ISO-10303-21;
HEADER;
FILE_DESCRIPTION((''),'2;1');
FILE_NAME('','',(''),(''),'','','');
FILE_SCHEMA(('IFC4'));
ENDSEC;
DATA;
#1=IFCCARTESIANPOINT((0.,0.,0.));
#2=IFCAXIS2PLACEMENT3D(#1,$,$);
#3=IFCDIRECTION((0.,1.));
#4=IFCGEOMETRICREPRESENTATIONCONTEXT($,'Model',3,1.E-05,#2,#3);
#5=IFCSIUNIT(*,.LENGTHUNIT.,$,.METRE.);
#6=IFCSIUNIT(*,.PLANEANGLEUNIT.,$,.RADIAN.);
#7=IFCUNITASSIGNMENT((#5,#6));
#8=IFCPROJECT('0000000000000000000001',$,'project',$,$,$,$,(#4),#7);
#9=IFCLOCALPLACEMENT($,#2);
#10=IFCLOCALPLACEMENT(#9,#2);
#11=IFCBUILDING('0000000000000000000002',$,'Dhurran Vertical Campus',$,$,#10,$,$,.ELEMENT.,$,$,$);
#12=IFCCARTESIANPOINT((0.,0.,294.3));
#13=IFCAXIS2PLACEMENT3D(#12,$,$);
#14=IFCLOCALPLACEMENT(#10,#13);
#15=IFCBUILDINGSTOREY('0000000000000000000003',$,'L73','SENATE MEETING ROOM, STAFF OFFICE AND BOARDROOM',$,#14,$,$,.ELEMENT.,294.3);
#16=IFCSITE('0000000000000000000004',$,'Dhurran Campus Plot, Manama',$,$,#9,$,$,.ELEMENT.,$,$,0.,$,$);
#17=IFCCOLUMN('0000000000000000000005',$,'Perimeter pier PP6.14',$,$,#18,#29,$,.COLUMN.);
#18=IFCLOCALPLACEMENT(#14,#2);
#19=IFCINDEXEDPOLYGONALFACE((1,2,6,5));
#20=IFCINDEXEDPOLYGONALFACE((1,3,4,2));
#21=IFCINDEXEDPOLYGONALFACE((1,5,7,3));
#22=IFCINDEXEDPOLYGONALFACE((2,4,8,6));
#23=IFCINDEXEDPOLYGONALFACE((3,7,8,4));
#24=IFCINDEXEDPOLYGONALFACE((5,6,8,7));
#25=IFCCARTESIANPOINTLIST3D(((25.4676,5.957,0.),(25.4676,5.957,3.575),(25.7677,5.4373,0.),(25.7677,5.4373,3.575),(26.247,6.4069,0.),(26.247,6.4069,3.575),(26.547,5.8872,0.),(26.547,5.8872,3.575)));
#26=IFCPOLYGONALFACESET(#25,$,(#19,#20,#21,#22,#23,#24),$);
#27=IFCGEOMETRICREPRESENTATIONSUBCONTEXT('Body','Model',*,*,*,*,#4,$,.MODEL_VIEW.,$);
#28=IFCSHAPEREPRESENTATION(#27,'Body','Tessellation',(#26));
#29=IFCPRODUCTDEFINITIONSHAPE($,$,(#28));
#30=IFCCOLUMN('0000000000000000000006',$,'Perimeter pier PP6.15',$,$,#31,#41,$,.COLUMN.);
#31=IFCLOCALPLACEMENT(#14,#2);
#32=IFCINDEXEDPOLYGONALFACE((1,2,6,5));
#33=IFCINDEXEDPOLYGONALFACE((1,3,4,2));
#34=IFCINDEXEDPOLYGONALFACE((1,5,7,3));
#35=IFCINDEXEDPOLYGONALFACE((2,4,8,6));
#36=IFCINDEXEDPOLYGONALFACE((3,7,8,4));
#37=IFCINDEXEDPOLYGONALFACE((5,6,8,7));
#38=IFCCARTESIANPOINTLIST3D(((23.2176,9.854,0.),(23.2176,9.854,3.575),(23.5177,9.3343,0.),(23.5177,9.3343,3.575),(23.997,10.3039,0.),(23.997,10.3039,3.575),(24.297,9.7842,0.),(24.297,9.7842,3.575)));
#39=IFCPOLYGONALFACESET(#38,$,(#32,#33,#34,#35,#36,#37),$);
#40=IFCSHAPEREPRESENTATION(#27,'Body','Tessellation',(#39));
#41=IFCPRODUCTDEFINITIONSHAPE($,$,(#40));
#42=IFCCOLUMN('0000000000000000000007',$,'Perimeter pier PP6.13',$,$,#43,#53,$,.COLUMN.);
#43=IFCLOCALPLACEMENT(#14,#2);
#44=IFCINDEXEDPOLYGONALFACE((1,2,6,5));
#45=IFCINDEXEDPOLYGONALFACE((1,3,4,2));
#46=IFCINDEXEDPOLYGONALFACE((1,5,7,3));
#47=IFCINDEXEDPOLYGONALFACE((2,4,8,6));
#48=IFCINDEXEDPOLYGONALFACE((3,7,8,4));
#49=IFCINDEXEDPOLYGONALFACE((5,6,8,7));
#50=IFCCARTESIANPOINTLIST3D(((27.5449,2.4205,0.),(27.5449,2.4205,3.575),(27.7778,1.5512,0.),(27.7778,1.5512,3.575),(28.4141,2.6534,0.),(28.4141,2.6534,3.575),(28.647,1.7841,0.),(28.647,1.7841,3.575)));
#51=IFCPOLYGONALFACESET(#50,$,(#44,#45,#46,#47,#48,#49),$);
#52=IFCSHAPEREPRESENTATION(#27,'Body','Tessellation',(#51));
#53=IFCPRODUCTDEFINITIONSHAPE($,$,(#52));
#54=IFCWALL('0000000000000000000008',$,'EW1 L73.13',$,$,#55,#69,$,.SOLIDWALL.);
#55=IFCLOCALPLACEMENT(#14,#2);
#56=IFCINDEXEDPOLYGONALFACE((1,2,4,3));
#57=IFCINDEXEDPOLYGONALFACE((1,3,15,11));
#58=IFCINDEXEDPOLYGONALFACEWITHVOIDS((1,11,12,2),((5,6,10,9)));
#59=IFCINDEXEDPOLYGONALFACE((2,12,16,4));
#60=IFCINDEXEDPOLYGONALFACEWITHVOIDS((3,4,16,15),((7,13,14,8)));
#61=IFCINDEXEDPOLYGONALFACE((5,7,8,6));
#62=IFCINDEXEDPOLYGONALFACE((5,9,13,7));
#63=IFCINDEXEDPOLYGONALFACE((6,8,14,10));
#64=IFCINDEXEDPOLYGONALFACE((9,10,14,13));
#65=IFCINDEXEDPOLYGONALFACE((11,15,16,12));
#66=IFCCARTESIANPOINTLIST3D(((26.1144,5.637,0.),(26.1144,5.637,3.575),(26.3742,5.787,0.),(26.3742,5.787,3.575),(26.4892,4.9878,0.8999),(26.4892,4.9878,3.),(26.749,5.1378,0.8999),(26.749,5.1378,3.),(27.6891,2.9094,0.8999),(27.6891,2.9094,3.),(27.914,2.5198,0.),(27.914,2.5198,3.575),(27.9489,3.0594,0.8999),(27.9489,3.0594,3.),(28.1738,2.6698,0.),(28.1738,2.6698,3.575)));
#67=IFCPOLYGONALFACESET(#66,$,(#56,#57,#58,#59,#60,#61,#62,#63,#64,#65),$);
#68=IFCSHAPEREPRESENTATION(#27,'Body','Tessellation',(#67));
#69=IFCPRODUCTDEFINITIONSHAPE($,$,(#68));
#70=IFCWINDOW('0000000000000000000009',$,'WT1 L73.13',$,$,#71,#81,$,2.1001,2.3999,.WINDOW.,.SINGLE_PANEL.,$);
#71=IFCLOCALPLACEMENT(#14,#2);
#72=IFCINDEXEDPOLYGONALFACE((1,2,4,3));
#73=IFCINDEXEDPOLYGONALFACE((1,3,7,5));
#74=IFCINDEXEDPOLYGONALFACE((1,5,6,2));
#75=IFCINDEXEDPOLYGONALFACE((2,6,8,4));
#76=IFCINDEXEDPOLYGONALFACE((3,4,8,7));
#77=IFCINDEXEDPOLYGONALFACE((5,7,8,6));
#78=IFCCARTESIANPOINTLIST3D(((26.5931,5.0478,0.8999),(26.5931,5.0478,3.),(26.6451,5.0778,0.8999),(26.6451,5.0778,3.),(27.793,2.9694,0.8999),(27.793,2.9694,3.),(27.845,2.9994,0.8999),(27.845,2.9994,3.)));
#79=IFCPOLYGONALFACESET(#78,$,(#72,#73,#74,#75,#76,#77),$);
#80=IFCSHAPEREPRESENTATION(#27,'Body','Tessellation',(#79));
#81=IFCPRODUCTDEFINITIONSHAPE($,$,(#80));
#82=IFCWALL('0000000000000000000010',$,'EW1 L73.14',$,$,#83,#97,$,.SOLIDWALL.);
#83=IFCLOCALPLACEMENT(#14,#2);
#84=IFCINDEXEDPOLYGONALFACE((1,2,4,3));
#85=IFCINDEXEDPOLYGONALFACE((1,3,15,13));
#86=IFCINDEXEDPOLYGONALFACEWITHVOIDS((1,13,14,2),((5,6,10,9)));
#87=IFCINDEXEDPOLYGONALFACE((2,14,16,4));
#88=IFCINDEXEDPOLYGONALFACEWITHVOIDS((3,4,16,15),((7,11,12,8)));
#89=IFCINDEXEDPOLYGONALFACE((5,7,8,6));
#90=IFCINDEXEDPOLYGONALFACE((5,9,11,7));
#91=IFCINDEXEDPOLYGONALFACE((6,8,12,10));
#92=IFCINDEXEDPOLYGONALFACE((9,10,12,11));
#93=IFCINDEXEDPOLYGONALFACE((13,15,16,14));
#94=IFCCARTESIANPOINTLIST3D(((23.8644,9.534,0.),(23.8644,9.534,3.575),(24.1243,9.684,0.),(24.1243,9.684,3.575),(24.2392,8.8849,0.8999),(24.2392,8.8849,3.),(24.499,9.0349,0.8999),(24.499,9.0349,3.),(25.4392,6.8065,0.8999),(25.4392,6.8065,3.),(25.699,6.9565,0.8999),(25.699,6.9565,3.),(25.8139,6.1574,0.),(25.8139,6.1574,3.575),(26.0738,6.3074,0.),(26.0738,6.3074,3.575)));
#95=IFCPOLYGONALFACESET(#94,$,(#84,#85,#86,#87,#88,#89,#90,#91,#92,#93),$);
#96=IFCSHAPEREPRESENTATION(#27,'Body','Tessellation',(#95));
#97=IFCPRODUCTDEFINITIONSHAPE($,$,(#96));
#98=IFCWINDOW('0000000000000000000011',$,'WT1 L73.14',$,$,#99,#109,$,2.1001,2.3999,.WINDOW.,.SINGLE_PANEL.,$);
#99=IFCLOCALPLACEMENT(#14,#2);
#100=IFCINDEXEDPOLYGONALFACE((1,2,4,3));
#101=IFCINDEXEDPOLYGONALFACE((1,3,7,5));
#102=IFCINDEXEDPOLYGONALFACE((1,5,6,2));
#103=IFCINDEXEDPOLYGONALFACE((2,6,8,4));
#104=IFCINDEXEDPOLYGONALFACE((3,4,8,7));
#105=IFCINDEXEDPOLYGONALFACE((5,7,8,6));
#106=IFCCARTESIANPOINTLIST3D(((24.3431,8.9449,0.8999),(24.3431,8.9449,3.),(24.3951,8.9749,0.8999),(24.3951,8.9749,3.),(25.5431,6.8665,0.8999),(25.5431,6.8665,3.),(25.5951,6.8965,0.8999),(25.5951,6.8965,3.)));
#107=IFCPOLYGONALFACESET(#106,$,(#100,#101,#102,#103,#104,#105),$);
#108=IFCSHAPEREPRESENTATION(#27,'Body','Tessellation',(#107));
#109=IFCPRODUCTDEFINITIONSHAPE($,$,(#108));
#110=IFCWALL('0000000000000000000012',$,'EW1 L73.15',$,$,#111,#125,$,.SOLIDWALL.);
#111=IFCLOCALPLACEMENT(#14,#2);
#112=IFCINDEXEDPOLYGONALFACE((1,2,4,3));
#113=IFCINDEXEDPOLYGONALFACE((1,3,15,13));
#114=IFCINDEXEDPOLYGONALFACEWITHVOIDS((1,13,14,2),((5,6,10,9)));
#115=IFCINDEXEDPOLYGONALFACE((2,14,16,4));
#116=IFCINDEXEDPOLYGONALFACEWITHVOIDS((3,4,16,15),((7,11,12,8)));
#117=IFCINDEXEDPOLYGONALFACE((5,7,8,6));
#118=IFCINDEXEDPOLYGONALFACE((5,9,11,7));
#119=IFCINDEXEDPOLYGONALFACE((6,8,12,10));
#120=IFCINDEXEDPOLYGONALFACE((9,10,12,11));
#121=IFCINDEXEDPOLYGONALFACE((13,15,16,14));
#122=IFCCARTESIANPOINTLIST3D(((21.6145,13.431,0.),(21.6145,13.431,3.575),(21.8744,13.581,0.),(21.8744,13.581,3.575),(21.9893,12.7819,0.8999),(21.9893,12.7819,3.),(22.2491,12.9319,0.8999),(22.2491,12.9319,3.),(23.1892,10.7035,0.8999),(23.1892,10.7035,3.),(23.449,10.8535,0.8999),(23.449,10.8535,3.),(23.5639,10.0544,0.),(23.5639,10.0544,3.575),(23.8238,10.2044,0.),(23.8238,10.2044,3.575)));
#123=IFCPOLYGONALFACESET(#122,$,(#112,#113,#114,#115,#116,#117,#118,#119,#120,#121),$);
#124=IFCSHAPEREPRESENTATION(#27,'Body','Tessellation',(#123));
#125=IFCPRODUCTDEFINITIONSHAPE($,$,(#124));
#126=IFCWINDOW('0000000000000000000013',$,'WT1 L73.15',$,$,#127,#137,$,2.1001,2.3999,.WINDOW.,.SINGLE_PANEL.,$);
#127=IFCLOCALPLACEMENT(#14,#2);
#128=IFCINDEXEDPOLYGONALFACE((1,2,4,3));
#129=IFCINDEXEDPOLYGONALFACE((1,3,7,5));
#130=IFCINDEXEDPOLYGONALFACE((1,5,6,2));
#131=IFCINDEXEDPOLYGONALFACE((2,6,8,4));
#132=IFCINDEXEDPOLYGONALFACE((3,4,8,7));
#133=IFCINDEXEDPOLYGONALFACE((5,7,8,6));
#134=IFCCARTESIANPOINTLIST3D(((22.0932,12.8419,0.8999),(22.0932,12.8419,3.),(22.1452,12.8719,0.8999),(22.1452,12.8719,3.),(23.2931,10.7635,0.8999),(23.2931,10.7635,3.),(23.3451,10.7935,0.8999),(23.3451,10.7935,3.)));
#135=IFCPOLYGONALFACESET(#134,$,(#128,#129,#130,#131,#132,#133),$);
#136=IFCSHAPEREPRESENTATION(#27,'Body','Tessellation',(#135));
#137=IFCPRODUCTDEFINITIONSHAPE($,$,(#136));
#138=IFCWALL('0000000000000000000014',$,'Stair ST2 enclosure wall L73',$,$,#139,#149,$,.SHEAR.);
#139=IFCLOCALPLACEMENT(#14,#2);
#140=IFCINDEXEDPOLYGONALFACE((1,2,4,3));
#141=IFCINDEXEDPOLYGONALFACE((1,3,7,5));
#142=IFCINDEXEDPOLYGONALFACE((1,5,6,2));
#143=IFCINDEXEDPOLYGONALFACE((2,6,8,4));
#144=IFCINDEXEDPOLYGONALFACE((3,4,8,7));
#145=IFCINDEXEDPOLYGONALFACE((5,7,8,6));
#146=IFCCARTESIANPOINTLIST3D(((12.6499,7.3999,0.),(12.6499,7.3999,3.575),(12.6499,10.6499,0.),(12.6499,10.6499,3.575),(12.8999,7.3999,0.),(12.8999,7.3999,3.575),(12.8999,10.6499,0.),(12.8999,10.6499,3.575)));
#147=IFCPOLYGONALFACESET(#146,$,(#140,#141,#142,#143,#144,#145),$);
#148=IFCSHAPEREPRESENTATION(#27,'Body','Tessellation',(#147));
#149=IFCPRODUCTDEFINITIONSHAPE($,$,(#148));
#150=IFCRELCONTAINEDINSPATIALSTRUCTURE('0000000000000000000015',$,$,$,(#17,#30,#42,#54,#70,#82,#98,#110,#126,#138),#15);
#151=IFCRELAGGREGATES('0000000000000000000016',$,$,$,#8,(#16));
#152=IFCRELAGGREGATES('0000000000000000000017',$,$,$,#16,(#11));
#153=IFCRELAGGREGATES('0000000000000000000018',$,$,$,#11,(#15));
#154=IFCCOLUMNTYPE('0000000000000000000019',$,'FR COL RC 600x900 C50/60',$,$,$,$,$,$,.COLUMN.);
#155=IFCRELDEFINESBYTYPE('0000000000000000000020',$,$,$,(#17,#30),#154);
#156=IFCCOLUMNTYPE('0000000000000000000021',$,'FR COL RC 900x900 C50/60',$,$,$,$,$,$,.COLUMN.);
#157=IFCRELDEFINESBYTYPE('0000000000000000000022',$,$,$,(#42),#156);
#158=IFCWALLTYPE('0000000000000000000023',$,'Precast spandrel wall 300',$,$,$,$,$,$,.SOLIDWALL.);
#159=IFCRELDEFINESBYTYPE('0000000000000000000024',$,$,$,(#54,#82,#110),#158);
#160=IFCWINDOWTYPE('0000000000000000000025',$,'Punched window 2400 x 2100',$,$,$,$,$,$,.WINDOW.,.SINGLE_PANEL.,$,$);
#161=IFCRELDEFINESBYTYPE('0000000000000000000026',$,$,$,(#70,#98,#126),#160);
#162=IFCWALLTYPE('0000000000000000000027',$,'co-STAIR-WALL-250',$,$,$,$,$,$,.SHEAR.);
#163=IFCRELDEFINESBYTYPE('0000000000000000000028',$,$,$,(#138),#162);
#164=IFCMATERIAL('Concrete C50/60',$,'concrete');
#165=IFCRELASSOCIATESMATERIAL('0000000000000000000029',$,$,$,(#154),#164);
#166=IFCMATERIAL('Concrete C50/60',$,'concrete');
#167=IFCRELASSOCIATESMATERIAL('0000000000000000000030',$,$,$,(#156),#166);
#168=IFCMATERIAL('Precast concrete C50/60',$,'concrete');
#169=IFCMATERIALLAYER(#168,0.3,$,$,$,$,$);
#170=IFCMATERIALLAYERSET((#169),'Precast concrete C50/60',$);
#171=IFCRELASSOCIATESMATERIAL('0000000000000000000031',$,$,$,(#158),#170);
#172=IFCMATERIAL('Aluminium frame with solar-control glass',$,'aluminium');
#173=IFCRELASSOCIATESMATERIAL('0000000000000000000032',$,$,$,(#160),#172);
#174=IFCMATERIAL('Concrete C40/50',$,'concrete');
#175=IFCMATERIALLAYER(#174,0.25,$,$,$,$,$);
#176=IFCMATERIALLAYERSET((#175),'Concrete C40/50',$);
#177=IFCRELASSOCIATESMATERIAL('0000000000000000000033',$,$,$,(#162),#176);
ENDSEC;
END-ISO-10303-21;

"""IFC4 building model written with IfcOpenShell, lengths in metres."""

from ifc_helpers import new_model, si_unit, direction, frame, frame_2d, origin, origin_2d, place, context, subcontext, project, spatial, rectangle, extrude, material, layer, layer_set, material_profile, profile_set, type_object, element, fill, save


model = new_model("IFC4")

# Units and contexts
model_context = context("Model", 3, precision=1e-05, world=origin(), true_north=direction((0.0, 1.0)))
body_context = subcontext(model_context, "Body", "Model", "MODEL_VIEW")
ifc_project = project(units=[si_unit("LENGTHUNIT", "METRE"), si_unit("PLANEANGLEUNIT", "RADIAN")], contexts=[model_context])

# Site, building, storey
site_placement = place(None, origin())
site = spatial("IfcSite", under=ifc_project, at=site_placement, Name="Dhurran Campus Plot, Manama", CompositionType="ELEMENT", RefElevation=0.0)
building_placement = place(site_placement, origin())
building = spatial("IfcBuilding", under=site, at=building_placement, Name="Dhurran Vertical Campus", CompositionType="ELEMENT")
storey_placement = place(building_placement, frame((0.0, 0.0, 294.3)))
storey = spatial("IfcBuildingStorey", under=building, at=storey_placement, Name="L73", Description="SENATE MEETING ROOM, STAFF OFFICE AND BOARDROOM", CompositionType="ELEMENT", Elevation=294.3)

# Columns
ifc_material_1 = material(Name="Concrete C50/60", Category="concrete")
ifc_material_profile_1 = material_profile(ifc_material_1, rectangle(XDim=0.6001, YDim=0.8999, at=origin_2d()), Name="RC 600x900")
ifc_profile_set_1 = profile_set([ifc_material_profile_1], Name="Concrete C50/60")
column_type_1 = type_object("IfcColumnType", Name="FR COL RC 600x900 C50/60", PredefinedType="COLUMN", material=ifc_profile_set_1)
for number, where, z_axis, x_axis, name in (
    (1, (26.0073, 5.9221, 0.0), (0.0, 0.0, 1.0), (-0.5, 0.866025, 0.0), "Perimeter pier PP6.14"),
    (2, (23.7573, 9.8191, 0.0), (0.0, 0.0, 1.0), (-0.5, 0.866025, 0.0), "Perimeter pier PP6.15"),
):
    element("IfcColumn", number, at=place(storey_placement, frame(where, z_axis=z_axis, x_axis=x_axis)), inside=storey, type_object=column_type_1, Name=name, PredefinedType="COLUMN", context=body_context, shape_type="SweptSolid", body=[
        extrude(rectangle(XDim=0.6001, YDim=0.8999, at=origin_2d()), origin(), (0.0, 0.0, 1.0), 3.575),
    ])
ifc_material_2 = material(Name="Concrete C50/60", Category="concrete")
ifc_material_profile_2 = material_profile(ifc_material_2, rectangle(XDim=0.8999, YDim=0.8999, at=origin_2d()), Name="RC 900x900")
ifc_profile_set_2 = profile_set([ifc_material_profile_2], Name="Concrete C50/60")
column_type_2 = type_object("IfcColumnType", Name="FR COL RC 900x900 C50/60", PredefinedType="COLUMN", material=ifc_profile_set_2)
column_placement = place(storey_placement, frame((28.0959, 2.1023, 0.0), z_axis=(0.0, 0.0, 1.0), x_axis=(-0.258819, 0.965926, 0.0)))
element("IfcColumn", 3, at=column_placement, inside=storey, type_object=column_type_2, Name="Perimeter pier PP6.13", PredefinedType="COLUMN", context=body_context, shape_type="SweptSolid", body=[
    extrude(rectangle(XDim=0.8999, YDim=0.8999, at=origin_2d()), origin(), (0.0, 0.0, 1.0), 3.575),
])

# Walls, openings, windows
ifc_material_3 = material(Name="Precast concrete C50/60", Category="concrete")
ifc_layer_1 = layer(ifc_material_3, 0.3)
ifc_layer_set_1 = layer_set([ifc_layer_1], Name="Precast concrete C50/60")
wall_type_1 = type_object("IfcWallType", Name="Precast spandrel wall 300", PredefinedType="SOLIDWALL", material=ifc_layer_set_1)
wall_1_placement = place(storey_placement, frame((28.0439, 2.5947, 0.0), z_axis=(0.0, 0.0, 1.0), x_axis=(-0.499969, 0.866043, 0.0)))
wall_1 = element("IfcWall", 4, at=wall_1_placement, inside=storey, type_object=wall_type_1, Name="EW1 L73.13", PredefinedType="SOLIDWALL", context=body_context, shape_type="SweptSolid", body=[
    extrude(rectangle(XDim=3.5994, YDim=0.3, at=frame_2d((1.7998, 0.0))), origin(), (0.0, 0.0, 1.0), 3.575),
])
opening_1_placement = place(wall_1_placement, frame((0.45, 0.0, 0.8999)))
opening_1 = element("IfcOpeningElement", 5, at=opening_1_placement, cuts=wall_1, PredefinedType="OPENING", context=body_context, shape_type="SweptSolid", body=[
    extrude(rectangle(XDim=2.3999, YDim=2.1001, at=frame_2d((1.2, 1.05))), frame((0.0, 0.1599, 0.0), z_axis=(0.0, -1.0, 0.0), x_axis=(1.0, 0.0, 0.0)), (0.0, 0.0, 1.0), 0.3201),
])
ifc_material_4 = material(Name="Aluminium frame with solar-control glass", Category="aluminium")
window_type = type_object("IfcWindowType", Name="Punched window 2400 x 2100", PartitioningType="SINGLE_PANEL", PredefinedType="WINDOW", material=ifc_material_4)
window_1_placement = place(opening_1_placement, origin())
window_1 = element("IfcWindow", 6, at=window_1_placement, inside=storey, type_object=window_type, Name="WT1 L73.13", OverallHeight=2.1001, OverallWidth=2.3999, PartitioningType="SINGLE_PANEL", PredefinedType="WINDOW", context=body_context, shape_type="SweptSolid", body=[
    extrude(rectangle(XDim=2.3999, YDim=2.1001, at=frame_2d((1.2, 1.05))), frame((0.0, 0.03, 0.0), z_axis=(0.0, -1.0, 0.0), x_axis=(1.0, 0.0, 0.0)), (0.0, 0.0, 1.0), 0.0601),
])
fill(opening_1, window_1)
wall_2_placement = place(storey_placement, frame((25.9438, 6.2324, 0.0), z_axis=(0.0, 0.0, 1.0), x_axis=(-0.500012, 0.866019, 0.0)))
wall_2 = element("IfcWall", 7, at=wall_2_placement, inside=storey, type_object=wall_type_1, Name="EW1 L73.14", PredefinedType="SOLIDWALL", context=body_context, shape_type="SweptSolid", body=[
    extrude(rectangle(XDim=3.8989, YDim=0.3, at=frame_2d((1.9495, 0.0))), origin(), (0.0, 0.0, 1.0), 3.575),
])
opening_2_placement = place(wall_2_placement, frame((0.7495, 0.0, 0.8999)))
opening_2 = element("IfcOpeningElement", 8, at=opening_2_placement, cuts=wall_2, PredefinedType="OPENING", context=body_context, shape_type="SweptSolid", body=[
    extrude(rectangle(XDim=2.3999, YDim=2.1001, at=frame_2d((1.2, 1.05))), frame((0.0, 0.1599, 0.0), z_axis=(0.0, -1.0, 0.0), x_axis=(1.0, 0.0, 0.0)), (0.0, 0.0, 1.0), 0.3201),
])
window_2_placement = place(opening_2_placement, origin())
window_2 = element("IfcWindow", 9, at=window_2_placement, inside=storey, type_object=window_type, Name="WT1 L73.14", OverallHeight=2.1001, OverallWidth=2.3999, PartitioningType="SINGLE_PANEL", PredefinedType="WINDOW", context=body_context, shape_type="SweptSolid", body=[
    extrude(rectangle(XDim=2.3999, YDim=2.1001, at=frame_2d((1.2, 1.05))), frame((0.0, 0.03, 0.0), z_axis=(0.0, -1.0, 0.0), x_axis=(1.0, 0.0, 0.0)), (0.0, 0.0, 1.0), 0.0601),
])
fill(opening_2, window_2)
wall_3_placement = place(storey_placement, frame((23.6938, 10.1294, 0.0), z_axis=(0.0, 0.0, 1.0), x_axis=(-0.499984, 0.866034, 0.0)))
wall_3 = element("IfcWall", 10, at=wall_3_placement, inside=storey, type_object=wall_type_1, Name="EW1 L73.15", PredefinedType="SOLIDWALL", context=body_context, shape_type="SweptSolid", body=[
    extrude(rectangle(XDim=3.8989, YDim=0.3, at=frame_2d((1.9495, 0.0))), origin(), (0.0, 0.0, 1.0), 3.575),
])
opening_3_placement = place(wall_3_placement, frame((0.7495, 0.0, 0.8999)))
opening_3 = element("IfcOpeningElement", 11, at=opening_3_placement, cuts=wall_3, PredefinedType="OPENING", context=body_context, shape_type="SweptSolid", body=[
    extrude(rectangle(XDim=2.3999, YDim=2.1001, at=frame_2d((1.2, 1.05))), frame((0.0, 0.1599, 0.0), z_axis=(0.0, -1.0, 0.0), x_axis=(1.0, 0.0, 0.0)), (0.0, 0.0, 1.0), 0.3201),
])
window_3_placement = place(opening_3_placement, origin())
window_3 = element("IfcWindow", 12, at=window_3_placement, inside=storey, type_object=window_type, Name="WT1 L73.15", OverallHeight=2.1001, OverallWidth=2.3999, PartitioningType="SINGLE_PANEL", PredefinedType="WINDOW", context=body_context, shape_type="SweptSolid", body=[
    extrude(rectangle(XDim=2.3999, YDim=2.1001, at=frame_2d((1.2, 1.05))), frame((0.0, 0.03, 0.0), z_axis=(0.0, -1.0, 0.0), x_axis=(1.0, 0.0, 0.0)), (0.0, 0.0, 1.0), 0.0601),
])
fill(opening_3, window_3)

# Wall
ifc_material_5 = material(Name="Concrete C40/50", Category="concrete")
ifc_layer_2 = layer(ifc_material_5, 0.25)
ifc_layer_set_2 = layer_set([ifc_layer_2], Name="Concrete C40/50")
wall_type_2 = type_object("IfcWallType", Name="co-STAIR-WALL-250", PredefinedType="SHEAR", material=ifc_layer_set_2)
wall_4_placement = place(storey_placement, frame((12.7749, 7.3999, 0.0), z_axis=(0.0, 0.0, 1.0), x_axis=(0.0, 1.0, 0.0)))
element("IfcWall", 13, at=wall_4_placement, inside=storey, type_object=wall_type_2, Name="Stair ST2 enclosure wall L73", PredefinedType="SHEAR", context=body_context, shape_type="SweptSolid", body=[
    extrude(rectangle(XDim=3.25, YDim=0.25, at=frame_2d((1.625, 0.0))), origin(), (0.0, 0.0, 1.0), 3.575),
])

save(model, "model.ifc")
